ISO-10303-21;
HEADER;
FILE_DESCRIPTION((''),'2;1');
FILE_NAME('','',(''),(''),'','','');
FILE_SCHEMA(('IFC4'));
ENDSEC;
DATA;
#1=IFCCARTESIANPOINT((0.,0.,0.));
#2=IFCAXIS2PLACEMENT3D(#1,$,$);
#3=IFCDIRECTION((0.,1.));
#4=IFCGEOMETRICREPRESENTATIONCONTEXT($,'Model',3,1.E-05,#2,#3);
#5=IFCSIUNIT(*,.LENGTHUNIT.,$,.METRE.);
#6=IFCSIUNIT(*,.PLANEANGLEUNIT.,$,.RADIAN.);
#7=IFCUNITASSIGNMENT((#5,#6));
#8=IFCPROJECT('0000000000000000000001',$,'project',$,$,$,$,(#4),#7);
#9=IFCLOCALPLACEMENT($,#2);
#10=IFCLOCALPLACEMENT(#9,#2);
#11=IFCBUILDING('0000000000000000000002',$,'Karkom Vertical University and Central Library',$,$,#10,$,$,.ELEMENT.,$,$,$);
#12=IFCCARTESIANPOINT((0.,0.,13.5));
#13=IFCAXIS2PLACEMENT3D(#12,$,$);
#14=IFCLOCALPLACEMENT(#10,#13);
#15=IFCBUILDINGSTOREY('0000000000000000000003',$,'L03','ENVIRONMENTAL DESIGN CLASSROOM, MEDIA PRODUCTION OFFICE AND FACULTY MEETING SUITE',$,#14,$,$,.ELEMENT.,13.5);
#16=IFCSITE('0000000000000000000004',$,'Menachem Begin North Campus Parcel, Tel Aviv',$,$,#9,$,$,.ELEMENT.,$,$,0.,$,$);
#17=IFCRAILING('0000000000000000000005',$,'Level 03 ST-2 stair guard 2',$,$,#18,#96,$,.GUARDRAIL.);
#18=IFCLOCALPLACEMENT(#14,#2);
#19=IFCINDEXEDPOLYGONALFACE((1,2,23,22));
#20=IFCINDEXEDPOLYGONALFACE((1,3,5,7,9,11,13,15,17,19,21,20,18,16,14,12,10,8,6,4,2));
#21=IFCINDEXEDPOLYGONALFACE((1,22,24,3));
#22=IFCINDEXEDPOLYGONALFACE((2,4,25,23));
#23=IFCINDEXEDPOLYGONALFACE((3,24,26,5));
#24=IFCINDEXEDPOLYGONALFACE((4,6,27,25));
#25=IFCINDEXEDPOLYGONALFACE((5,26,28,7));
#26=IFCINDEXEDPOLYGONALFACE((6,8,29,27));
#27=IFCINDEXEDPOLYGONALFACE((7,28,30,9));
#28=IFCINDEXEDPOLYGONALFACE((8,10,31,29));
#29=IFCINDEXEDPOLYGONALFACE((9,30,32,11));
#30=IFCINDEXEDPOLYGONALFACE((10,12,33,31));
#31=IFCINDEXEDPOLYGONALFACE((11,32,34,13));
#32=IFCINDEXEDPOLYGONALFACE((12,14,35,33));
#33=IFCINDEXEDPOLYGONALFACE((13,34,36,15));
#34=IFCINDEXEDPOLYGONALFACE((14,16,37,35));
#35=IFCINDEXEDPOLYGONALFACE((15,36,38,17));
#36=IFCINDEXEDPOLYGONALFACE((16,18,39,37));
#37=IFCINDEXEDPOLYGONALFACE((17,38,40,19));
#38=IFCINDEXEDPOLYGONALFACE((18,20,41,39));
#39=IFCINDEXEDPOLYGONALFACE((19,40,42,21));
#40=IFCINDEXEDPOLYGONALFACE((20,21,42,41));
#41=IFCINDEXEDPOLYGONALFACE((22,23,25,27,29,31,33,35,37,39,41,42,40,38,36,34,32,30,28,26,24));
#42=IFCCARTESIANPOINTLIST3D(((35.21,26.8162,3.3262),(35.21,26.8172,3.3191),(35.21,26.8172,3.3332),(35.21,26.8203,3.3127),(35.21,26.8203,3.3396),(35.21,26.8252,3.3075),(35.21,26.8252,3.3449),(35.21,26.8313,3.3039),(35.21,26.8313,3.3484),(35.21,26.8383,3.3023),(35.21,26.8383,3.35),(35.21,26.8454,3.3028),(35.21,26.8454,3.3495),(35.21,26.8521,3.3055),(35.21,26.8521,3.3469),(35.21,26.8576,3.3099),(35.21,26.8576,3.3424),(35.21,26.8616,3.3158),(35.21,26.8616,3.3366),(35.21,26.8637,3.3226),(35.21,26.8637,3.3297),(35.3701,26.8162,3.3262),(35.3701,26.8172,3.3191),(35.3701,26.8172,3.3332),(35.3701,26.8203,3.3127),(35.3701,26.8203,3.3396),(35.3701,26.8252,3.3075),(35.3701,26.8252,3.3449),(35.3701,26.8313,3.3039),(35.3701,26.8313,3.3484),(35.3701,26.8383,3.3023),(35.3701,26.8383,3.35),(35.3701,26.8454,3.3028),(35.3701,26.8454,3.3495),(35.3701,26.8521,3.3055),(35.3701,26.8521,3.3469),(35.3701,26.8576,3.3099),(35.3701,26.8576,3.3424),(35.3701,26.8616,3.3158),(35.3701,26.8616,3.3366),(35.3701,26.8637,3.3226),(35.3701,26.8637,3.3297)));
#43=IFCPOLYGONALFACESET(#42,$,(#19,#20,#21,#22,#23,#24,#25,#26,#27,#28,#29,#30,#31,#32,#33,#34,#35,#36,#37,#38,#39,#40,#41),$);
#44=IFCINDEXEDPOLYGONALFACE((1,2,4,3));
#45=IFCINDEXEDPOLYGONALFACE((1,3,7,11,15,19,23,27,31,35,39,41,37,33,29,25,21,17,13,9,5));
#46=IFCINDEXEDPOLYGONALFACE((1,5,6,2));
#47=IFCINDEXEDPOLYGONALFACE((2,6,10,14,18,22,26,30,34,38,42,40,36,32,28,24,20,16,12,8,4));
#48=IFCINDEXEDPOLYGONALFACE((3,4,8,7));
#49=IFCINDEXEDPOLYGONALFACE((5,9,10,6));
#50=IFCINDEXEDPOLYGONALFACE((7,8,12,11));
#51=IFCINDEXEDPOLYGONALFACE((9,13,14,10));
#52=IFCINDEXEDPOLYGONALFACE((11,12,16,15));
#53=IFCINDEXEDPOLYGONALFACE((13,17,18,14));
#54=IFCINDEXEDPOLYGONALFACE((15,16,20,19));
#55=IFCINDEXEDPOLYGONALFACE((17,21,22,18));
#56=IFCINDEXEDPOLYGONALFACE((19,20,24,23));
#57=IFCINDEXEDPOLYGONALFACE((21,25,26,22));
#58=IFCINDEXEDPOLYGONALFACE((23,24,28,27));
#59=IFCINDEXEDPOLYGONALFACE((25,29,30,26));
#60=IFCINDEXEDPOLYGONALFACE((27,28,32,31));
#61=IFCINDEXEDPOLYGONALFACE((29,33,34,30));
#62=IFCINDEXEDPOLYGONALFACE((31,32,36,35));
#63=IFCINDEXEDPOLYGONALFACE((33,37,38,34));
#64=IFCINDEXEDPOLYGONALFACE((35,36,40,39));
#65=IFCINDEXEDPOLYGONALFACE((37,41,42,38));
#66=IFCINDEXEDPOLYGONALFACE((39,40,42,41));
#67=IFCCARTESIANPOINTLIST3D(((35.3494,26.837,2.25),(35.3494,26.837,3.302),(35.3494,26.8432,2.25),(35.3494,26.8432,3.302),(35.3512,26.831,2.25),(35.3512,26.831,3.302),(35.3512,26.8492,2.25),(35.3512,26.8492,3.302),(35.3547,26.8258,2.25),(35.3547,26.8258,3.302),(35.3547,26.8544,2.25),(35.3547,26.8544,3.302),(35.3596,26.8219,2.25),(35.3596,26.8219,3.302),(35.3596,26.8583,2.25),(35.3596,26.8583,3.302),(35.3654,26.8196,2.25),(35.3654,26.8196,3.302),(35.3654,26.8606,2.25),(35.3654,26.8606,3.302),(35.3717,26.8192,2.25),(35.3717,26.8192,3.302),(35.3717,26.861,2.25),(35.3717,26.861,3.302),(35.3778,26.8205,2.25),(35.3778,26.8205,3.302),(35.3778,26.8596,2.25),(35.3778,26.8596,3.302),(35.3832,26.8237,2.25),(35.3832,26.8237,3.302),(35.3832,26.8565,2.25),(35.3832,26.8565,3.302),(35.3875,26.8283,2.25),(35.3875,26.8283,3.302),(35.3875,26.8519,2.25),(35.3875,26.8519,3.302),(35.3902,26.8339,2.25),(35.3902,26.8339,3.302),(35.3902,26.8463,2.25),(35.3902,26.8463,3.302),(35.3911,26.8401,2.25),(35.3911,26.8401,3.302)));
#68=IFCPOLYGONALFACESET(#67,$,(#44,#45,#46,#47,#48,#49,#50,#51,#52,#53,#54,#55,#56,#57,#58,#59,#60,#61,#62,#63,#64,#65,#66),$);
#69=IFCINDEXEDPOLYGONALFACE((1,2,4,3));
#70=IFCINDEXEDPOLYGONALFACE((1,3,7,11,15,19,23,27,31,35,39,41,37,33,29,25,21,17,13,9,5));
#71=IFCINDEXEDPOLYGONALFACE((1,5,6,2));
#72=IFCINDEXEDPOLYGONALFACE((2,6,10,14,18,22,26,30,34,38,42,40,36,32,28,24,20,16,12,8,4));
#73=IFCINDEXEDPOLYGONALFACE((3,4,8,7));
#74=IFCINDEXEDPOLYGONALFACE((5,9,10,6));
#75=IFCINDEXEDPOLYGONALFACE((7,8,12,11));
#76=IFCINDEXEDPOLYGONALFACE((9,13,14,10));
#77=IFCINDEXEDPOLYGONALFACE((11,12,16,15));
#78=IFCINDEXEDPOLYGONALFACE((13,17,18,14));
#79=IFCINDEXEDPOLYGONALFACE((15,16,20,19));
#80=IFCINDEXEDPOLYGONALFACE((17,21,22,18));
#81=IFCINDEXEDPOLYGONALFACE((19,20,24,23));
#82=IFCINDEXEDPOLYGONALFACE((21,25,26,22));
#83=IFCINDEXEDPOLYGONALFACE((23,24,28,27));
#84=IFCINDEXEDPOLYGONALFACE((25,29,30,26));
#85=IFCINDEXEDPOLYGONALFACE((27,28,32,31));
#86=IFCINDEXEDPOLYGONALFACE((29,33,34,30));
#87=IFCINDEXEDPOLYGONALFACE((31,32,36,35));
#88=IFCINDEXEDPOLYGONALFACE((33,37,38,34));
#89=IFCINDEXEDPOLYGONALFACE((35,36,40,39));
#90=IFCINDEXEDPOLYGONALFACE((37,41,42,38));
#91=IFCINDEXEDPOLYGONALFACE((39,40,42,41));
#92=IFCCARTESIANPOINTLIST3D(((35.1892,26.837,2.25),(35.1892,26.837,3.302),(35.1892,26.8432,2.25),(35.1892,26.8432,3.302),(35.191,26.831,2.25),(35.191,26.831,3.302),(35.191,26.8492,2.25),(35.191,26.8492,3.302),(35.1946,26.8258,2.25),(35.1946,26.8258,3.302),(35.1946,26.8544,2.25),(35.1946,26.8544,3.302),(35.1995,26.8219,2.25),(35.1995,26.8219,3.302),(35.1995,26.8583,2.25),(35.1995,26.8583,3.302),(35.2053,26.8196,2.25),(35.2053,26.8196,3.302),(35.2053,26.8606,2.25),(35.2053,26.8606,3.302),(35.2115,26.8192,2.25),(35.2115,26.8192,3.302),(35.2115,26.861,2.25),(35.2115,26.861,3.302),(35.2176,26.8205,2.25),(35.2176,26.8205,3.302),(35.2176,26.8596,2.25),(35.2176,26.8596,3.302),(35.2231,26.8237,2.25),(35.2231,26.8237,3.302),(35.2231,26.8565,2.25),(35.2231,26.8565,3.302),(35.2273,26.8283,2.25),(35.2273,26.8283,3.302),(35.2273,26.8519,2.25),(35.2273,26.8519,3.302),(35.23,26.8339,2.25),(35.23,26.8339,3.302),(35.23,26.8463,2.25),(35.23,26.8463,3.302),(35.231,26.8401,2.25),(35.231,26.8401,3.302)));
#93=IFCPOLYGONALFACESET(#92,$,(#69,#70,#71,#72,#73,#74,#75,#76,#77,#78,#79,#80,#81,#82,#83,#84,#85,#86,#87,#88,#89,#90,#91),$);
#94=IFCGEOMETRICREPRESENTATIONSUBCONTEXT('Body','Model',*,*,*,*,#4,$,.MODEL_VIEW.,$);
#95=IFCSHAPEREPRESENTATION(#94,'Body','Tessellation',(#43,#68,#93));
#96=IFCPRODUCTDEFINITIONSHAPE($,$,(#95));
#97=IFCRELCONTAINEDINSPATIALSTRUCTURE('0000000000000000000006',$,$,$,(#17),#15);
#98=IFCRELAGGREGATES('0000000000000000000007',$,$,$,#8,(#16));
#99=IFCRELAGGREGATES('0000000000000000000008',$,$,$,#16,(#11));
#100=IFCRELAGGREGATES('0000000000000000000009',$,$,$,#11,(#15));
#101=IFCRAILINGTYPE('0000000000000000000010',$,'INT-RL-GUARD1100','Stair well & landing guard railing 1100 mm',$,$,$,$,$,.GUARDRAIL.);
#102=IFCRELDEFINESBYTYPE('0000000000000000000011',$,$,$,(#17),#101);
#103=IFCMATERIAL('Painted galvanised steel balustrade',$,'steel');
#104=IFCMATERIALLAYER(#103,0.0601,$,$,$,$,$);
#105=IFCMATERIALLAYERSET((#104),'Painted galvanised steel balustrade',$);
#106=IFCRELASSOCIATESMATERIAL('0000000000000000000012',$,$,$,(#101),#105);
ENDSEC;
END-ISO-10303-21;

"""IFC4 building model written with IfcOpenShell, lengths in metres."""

from ifc_helpers import new_model, si_unit, direction, frame, origin, origin_2d, place, context, subcontext, project, spatial, circle, extrude, material, layer, layer_set, type_object, element, save


model = new_model("IFC4")

# Units and contexts
model_context = context("Model", 3, precision=1e-05, world=origin(), true_north=direction((0.0, 1.0)))
body_context = subcontext(model_context, "Body", "Model", "MODEL_VIEW")
ifc_project = project(units=[si_unit("LENGTHUNIT", "METRE"), si_unit("PLANEANGLEUNIT", "RADIAN")], contexts=[model_context])

# Site, building, storey
site_placement = place(None, origin())
site = spatial("IfcSite", under=ifc_project, at=site_placement, Name="Menachem Begin North Campus Parcel, Tel Aviv", CompositionType="ELEMENT", RefElevation=0.0)
building_placement = place(site_placement, origin())
building = spatial("IfcBuilding", under=site, at=building_placement, Name="Karkom Vertical University and Central Library", CompositionType="ELEMENT")
storey_placement = place(building_placement, frame((0.0, 0.0, 13.5)))
storey = spatial("IfcBuildingStorey", under=building, at=storey_placement, Name="L03", Description="ENVIRONMENTAL DESIGN CLASSROOM, MEDIA PRODUCTION OFFICE AND FACULTY MEETING SUITE", CompositionType="ELEMENT", Elevation=13.5)

# Railing
ifc_material_1 = material(Name="Painted galvanised steel balustrade", Category="steel")
ifc_layer_1 = layer(ifc_material_1, 0.0601)
ifc_layer_set_1 = layer_set([ifc_layer_1], Name="Painted galvanised steel balustrade")
railing_type_1 = type_object("IfcRailingType", Name="INT-RL-GUARD1100", Description="Stair well & landing guard railing 1100 mm", PredefinedType="GUARDRAIL", material=ifc_layer_set_1)
for number, where, name in (
    (1, (35.3701, 26.8401, 2.25), "Level 03 ST-2 stair guard 2"),
):
    element("IfcRailing", number, at=place(storey_placement, frame(where)), inside=storey, type_object=railing_type_1, Name=name, PredefinedType="GUARDRAIL", context=body_context, shape_type="SweptSolid", body=[
        extrude(circle(Radius=0.0239, at=origin_2d()), frame((0.0, 0.0, 1.0762), z_axis=(-1.0, 0.0, 0.0), x_axis=(0.0, -1.0, 0.0)), (0.0, 0.0, 1.0), 0.1602),
        extrude(circle(Radius=0.021, at=origin_2d()), origin(), (0.0, 0.0, 1.0), 1.052),
        extrude(circle(Radius=0.021, at=origin_2d()), frame((-0.1602, 0.0, 0.0)), (0.0, 0.0, 1.0), 1.052),
    ])

save(model, "model.ifc")
